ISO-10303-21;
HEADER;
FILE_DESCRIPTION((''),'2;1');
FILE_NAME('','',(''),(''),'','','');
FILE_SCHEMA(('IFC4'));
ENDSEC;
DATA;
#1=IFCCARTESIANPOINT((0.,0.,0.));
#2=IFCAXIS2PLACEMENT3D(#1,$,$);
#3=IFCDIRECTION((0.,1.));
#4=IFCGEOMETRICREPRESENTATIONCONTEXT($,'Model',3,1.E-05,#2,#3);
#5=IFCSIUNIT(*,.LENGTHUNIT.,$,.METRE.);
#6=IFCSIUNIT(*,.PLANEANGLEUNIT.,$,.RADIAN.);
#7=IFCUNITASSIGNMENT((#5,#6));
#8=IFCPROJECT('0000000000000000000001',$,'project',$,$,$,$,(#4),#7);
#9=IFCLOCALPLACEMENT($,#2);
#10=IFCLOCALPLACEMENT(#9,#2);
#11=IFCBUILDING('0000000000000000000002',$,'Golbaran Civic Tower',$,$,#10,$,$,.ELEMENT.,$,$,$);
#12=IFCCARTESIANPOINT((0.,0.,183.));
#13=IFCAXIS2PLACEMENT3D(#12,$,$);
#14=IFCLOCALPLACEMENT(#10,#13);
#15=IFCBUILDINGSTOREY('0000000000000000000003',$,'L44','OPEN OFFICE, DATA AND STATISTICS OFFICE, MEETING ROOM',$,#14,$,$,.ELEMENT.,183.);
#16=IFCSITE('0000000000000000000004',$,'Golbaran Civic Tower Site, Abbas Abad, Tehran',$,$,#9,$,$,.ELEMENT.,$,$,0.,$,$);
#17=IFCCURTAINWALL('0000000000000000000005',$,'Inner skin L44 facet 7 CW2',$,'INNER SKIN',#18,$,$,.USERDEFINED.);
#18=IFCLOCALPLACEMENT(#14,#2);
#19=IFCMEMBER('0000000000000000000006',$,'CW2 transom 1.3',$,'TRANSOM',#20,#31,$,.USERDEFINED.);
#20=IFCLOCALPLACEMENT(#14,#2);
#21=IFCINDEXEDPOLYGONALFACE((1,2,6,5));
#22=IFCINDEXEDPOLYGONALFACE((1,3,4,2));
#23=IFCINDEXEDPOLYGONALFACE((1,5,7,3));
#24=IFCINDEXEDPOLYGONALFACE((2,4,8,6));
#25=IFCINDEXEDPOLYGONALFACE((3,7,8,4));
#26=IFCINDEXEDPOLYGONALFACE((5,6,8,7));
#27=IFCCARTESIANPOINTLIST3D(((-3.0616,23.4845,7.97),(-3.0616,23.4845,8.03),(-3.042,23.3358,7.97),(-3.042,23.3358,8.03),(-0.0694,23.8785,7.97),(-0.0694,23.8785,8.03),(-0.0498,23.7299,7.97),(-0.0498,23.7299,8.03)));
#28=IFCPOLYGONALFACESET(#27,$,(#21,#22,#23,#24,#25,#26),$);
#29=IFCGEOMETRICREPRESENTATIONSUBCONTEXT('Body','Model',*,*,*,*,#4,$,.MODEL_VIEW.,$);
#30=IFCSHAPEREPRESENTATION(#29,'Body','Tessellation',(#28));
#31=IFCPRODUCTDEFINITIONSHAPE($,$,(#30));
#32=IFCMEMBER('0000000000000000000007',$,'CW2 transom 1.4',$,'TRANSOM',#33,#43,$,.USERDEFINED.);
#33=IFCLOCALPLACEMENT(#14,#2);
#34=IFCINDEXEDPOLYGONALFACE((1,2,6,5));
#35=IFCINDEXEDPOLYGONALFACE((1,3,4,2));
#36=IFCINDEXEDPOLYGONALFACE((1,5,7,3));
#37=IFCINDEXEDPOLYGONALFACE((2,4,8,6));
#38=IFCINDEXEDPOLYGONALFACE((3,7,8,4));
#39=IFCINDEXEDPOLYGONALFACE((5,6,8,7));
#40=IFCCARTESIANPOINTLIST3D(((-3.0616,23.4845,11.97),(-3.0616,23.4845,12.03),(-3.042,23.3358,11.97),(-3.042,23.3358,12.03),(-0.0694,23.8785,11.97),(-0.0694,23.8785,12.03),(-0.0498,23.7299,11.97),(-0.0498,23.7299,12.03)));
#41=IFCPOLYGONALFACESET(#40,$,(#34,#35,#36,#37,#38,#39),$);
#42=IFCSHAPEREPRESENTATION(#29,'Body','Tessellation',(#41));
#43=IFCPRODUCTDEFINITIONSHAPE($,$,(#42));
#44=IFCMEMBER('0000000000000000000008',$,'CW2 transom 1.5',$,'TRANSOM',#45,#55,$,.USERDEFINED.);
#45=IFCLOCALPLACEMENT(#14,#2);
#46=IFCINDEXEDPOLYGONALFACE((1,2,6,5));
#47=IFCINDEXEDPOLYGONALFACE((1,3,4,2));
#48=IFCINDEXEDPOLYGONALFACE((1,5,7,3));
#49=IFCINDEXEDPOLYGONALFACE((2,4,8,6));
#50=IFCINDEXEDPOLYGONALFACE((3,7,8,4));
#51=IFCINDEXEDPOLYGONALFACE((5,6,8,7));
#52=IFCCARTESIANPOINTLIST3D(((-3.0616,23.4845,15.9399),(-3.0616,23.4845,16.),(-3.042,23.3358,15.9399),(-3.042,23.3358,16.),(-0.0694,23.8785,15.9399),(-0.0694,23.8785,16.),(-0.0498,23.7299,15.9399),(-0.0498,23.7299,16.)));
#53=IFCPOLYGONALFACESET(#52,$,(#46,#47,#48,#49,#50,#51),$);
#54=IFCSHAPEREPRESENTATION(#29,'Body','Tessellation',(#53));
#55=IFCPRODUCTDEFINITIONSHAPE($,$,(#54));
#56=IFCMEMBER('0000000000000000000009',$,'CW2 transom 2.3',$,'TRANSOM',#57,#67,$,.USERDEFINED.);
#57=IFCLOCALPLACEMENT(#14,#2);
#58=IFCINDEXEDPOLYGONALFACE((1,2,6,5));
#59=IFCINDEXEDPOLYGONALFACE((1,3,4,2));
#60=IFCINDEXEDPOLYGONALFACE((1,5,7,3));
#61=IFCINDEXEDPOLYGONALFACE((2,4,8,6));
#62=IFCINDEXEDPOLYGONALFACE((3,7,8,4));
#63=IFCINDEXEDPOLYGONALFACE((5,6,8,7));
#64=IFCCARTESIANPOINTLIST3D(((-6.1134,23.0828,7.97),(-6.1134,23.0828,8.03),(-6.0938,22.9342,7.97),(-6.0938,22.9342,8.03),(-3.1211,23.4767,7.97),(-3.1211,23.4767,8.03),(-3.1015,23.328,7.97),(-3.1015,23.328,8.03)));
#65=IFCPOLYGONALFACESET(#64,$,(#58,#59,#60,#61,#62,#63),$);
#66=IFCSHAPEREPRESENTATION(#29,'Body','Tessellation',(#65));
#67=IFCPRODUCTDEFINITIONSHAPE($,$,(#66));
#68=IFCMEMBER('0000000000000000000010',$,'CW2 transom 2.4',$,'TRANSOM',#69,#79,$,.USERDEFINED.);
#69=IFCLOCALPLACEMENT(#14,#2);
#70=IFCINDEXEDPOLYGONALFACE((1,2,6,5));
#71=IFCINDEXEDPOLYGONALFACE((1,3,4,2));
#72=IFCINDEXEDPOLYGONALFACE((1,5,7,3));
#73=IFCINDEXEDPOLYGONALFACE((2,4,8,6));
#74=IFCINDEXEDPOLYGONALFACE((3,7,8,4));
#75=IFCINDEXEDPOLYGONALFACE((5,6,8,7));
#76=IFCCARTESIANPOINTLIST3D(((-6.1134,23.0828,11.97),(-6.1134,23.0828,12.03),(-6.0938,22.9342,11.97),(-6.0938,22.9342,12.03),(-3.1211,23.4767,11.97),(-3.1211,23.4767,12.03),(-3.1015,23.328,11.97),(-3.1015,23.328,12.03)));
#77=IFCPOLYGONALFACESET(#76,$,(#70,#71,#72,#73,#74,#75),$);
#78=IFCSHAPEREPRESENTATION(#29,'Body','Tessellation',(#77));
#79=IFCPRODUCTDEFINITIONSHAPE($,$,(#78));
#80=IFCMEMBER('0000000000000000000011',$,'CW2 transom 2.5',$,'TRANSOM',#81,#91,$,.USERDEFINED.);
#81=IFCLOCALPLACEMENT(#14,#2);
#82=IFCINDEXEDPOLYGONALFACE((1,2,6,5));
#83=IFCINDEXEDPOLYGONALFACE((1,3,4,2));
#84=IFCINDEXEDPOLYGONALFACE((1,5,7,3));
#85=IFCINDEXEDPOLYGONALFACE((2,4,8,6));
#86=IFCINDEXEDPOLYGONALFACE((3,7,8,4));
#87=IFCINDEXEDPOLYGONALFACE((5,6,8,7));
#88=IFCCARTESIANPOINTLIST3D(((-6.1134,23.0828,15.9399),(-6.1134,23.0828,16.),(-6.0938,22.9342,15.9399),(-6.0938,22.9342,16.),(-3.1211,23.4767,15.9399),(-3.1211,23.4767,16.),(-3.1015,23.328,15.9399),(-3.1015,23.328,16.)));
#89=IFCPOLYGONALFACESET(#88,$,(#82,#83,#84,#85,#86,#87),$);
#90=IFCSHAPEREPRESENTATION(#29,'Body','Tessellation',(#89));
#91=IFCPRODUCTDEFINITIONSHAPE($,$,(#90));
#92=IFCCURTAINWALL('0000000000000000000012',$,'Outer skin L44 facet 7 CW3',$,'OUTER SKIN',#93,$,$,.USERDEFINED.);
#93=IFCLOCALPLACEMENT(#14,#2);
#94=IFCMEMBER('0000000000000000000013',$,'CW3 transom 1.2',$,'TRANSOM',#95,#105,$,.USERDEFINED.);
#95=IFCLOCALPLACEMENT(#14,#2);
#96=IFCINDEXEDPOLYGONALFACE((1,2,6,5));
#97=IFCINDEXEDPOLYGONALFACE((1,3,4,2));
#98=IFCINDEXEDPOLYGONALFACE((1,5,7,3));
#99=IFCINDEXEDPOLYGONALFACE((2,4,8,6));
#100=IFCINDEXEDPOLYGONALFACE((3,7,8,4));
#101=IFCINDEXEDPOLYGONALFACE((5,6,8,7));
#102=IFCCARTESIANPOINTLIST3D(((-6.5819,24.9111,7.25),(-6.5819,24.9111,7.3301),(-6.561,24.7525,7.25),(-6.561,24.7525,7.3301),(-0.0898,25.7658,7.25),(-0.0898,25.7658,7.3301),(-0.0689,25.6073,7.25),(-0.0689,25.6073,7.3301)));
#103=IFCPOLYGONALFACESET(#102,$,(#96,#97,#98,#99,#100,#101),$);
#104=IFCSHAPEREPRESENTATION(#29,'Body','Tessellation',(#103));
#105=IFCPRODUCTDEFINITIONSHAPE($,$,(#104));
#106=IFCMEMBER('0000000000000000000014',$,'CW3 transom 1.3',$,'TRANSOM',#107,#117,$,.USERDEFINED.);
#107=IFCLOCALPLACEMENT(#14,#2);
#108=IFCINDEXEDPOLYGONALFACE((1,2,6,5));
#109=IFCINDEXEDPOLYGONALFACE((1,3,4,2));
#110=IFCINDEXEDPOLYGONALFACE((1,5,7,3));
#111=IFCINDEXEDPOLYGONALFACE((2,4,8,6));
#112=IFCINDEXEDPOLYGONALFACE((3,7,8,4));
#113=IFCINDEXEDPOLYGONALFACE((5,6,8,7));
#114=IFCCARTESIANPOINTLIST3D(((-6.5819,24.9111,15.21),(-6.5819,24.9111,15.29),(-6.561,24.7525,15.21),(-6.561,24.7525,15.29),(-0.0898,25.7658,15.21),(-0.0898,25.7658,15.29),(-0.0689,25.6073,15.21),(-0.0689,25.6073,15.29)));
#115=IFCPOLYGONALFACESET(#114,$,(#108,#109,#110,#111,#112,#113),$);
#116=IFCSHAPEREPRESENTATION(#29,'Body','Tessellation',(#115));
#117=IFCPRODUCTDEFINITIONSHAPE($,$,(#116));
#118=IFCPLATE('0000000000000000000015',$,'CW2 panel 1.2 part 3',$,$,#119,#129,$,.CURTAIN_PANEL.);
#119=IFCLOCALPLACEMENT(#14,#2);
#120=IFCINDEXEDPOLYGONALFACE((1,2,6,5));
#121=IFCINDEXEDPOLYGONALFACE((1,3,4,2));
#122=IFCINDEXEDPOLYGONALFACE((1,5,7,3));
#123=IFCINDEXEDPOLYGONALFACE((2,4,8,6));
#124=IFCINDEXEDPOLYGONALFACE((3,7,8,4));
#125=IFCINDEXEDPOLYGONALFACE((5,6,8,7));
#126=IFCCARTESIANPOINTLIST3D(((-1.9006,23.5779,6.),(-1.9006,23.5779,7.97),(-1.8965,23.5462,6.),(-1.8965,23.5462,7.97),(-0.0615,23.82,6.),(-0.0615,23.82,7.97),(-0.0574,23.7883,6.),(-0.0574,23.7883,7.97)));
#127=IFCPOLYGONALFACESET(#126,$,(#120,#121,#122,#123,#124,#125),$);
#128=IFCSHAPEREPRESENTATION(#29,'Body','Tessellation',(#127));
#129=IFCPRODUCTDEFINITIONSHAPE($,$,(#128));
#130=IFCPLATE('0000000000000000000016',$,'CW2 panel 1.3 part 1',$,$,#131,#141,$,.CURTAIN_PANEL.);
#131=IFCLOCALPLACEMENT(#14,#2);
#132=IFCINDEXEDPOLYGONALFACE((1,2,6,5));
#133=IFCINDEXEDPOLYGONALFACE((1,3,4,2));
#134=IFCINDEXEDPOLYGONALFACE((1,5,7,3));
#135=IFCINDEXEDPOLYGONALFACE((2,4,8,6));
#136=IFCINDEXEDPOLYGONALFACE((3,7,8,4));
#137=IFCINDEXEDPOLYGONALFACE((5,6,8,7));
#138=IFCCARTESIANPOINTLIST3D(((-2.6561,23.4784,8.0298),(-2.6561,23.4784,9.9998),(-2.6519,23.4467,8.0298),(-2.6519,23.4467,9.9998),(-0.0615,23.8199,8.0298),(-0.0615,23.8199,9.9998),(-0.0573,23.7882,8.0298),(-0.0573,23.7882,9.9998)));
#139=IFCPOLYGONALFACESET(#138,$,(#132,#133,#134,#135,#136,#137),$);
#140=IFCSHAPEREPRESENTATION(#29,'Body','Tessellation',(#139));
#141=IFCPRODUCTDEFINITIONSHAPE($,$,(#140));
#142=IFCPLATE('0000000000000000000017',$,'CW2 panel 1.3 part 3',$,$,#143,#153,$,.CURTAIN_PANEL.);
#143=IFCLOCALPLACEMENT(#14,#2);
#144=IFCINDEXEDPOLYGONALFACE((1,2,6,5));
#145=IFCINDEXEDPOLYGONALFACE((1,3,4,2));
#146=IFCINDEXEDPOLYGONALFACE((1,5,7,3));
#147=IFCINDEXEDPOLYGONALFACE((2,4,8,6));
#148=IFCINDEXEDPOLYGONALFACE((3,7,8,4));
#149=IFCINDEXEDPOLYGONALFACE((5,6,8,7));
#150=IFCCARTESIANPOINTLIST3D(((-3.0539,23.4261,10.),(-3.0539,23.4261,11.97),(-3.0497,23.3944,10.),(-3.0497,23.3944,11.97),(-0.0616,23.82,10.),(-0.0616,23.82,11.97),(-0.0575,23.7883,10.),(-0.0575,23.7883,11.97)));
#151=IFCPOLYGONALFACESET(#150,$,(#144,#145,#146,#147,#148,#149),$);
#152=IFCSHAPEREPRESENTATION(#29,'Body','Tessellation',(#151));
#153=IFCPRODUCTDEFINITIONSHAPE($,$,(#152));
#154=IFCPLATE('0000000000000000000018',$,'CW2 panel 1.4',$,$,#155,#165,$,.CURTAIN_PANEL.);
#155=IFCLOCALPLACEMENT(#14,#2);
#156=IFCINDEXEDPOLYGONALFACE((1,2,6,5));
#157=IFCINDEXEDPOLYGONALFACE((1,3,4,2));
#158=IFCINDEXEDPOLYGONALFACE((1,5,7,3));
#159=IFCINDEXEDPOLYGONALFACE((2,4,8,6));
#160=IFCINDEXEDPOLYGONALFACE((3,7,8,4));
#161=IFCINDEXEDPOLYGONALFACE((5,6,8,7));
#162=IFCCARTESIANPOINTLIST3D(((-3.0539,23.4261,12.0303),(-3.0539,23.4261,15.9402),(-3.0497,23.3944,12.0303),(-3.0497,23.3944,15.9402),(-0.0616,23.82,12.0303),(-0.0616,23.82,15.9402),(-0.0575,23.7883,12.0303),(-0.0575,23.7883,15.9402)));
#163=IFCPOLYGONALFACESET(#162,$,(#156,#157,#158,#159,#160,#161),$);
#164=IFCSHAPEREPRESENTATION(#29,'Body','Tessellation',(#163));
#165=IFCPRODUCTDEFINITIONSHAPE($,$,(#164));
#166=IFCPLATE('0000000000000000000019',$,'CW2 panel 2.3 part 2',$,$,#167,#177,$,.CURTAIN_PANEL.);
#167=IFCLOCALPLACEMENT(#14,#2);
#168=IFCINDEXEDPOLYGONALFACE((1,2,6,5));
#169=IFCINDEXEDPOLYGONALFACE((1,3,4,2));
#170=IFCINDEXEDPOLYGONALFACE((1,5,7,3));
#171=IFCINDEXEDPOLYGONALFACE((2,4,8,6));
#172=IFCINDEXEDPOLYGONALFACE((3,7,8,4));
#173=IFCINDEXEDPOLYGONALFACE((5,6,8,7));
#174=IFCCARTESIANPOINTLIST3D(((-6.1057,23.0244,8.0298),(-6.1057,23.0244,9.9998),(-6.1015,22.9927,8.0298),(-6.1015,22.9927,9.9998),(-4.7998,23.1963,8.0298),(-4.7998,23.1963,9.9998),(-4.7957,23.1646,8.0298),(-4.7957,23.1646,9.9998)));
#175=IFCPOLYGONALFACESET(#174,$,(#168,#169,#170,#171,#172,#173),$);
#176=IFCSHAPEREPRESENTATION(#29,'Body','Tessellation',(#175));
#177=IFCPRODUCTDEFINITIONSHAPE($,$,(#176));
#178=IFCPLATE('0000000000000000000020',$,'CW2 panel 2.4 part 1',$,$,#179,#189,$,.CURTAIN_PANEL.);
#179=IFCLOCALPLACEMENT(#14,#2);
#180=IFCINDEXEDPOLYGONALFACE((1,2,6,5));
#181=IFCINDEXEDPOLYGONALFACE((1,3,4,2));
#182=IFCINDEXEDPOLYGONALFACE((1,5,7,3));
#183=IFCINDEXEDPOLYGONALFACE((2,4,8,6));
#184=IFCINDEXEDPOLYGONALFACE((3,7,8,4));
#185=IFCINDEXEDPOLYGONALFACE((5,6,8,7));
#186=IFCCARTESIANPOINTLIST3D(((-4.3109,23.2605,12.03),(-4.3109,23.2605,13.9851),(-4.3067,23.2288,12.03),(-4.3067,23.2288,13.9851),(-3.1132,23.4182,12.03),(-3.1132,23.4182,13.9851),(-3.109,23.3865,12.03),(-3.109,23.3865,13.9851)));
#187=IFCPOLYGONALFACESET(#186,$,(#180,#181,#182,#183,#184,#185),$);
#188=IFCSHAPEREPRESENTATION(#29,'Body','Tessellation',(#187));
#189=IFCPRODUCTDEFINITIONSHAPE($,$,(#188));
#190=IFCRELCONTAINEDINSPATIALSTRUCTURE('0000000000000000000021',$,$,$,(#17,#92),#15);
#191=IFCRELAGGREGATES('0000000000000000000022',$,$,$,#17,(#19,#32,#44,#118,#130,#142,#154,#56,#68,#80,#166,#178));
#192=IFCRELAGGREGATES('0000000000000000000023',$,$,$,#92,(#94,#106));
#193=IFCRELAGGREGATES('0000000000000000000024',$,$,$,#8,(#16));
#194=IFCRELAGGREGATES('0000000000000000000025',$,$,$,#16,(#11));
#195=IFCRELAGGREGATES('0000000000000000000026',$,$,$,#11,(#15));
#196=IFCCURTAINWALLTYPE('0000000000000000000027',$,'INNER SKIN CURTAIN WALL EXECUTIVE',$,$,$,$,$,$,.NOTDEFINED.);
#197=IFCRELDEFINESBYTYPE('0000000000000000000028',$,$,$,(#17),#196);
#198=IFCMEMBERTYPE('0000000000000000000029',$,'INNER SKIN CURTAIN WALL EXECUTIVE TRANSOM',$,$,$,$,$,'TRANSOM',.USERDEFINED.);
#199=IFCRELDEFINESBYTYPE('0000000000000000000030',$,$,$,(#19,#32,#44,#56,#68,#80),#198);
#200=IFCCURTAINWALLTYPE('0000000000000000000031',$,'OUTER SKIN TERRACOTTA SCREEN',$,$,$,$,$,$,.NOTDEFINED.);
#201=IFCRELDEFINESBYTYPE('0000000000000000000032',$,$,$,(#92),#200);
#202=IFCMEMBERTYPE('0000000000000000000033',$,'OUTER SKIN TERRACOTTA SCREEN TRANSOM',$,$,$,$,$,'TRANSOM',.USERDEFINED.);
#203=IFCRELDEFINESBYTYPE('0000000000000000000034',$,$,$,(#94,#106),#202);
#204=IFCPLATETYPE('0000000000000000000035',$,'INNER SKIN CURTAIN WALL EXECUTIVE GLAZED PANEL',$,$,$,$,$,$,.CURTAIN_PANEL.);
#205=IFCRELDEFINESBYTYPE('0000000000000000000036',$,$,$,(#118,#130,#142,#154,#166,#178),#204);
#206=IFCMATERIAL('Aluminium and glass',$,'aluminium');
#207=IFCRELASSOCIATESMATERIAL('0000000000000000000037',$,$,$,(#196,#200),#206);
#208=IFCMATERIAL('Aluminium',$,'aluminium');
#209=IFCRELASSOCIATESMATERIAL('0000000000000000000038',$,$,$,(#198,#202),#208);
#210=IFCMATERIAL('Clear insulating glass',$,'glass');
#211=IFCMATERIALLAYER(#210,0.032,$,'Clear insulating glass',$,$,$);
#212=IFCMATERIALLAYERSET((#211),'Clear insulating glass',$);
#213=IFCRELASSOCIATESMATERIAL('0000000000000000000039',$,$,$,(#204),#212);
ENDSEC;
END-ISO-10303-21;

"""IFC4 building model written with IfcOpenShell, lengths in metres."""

from ifc_helpers import new_model, si_unit, direction, frame, origin, origin_2d, place, context, subcontext, project, spatial, rectangle, extrude, material, layer, layer_set, material_profile, profile_set, type_object, element, aggregate, save


model = new_model("IFC4")

# Units and contexts
model_context = context("Model", 3, precision=1e-05, world=origin(), true_north=direction((0.0, 1.0)))
body_context = subcontext(model_context, "Body", "Model", "MODEL_VIEW")
ifc_project = project(units=[si_unit("LENGTHUNIT", "METRE"), si_unit("PLANEANGLEUNIT", "RADIAN")], contexts=[model_context])

# Site, building, storey
site_placement = place(None, origin())
site = spatial("IfcSite", under=ifc_project, at=site_placement, Name="Golbaran Civic Tower Site, Abbas Abad, Tehran", CompositionType="ELEMENT", RefElevation=0.0)
building_placement = place(site_placement, origin())
building = spatial("IfcBuilding", under=site, at=building_placement, Name="Golbaran Civic Tower", CompositionType="ELEMENT")
storey_placement = place(building_placement, frame((0.0, 0.0, 183.0)))
storey = spatial("IfcBuildingStorey", under=building, at=storey_placement, Name="L44", Description="OPEN OFFICE, DATA AND STATISTICS OFFICE, MEETING ROOM", CompositionType="ELEMENT", Elevation=183.0)

# Curtain walls, members
ifc_material_1 = material(Name="Aluminium and glass", Category="aluminium")
curtain_wall_type_1 = type_object("IfcCurtainWallType", Name="INNER SKIN CURTAIN WALL EXECUTIVE", PredefinedType="NOTDEFINED", material=ifc_material_1)
curtain_wall_1_placement = place(storey_placement, origin())
curtain_wall_1 = element("IfcCurtainWall", 1, at=curtain_wall_1_placement, inside=storey, type_object=curtain_wall_type_1, Name="Inner skin L44 facet 7 CW2", ObjectType="INNER SKIN", PredefinedType="USERDEFINED")
ifc_material_2 = material(Name="Aluminium", Category="aluminium")
ifc_material_profile_1 = material_profile(ifc_material_2, rectangle(XDim=0.1499, YDim=0.0601, at=origin_2d()), Name="INNER SKIN CURTAIN WALL EXECUTIVE TRANSOM")
ifc_profile_set_1 = profile_set([ifc_material_profile_1], Name="Aluminium")
member_type_1 = type_object("IfcMemberType", Name="INNER SKIN CURTAIN WALL EXECUTIVE TRANSOM", ElementType="TRANSOM", PredefinedType="USERDEFINED", material=ifc_profile_set_1)
member_1_placement = place(storey_placement, frame((-0.0596, 23.8042, 8.0), z_axis=(-0.99144, -0.130563, 0.0), x_axis=(0.130563, -0.99144, 0.0)))
member_1 = element("IfcMember", 2, at=member_1_placement, type_object=member_type_1, Name="CW2 transom 1.3", ObjectType="TRANSOM", PredefinedType="USERDEFINED", context=body_context, shape_type="SweptSolid", body=[
    extrude(rectangle(XDim=0.1499, YDim=0.0601, at=origin_2d()), origin(), (0.0, 0.0, 1.0), 3.0181),
])
member_2_placement = place(storey_placement, frame((-0.0596, 23.8042, 12.0), z_axis=(-0.99144, -0.130563, 0.0), x_axis=(0.130563, -0.99144, 0.0)))
member_2 = element("IfcMember", 3, at=member_2_placement, type_object=member_type_1, Name="CW2 transom 1.4", ObjectType="TRANSOM", PredefinedType="USERDEFINED", context=body_context, shape_type="SweptSolid", body=[
    extrude(rectangle(XDim=0.1499, YDim=0.0601, at=origin_2d()), origin(), (0.0, 0.0, 1.0), 3.0181),
])
member_3_placement = place(storey_placement, frame((-0.0596, 23.8042, 15.97), z_axis=(-0.99144, -0.130563, 0.0), x_axis=(0.130563, -0.99144, 0.0)))
member_3 = element("IfcMember", 4, at=member_3_placement, type_object=member_type_1, Name="CW2 transom 1.5", ObjectType="TRANSOM", PredefinedType="USERDEFINED", context=body_context, shape_type="SweptSolid", body=[
    extrude(rectangle(XDim=0.1499, YDim=0.0601, at=origin_2d()), origin(), (0.0, 0.0, 1.0), 3.0181),
])
member_4_placement = place(storey_placement, frame((-3.1113, 23.4023, 8.0), z_axis=(-0.99145, -0.130484, 0.0), x_axis=(0.130484, -0.99145, 0.0)))
member_4 = element("IfcMember", 5, at=member_4_placement, type_object=member_type_1, Name="CW2 transom 2.3", ObjectType="TRANSOM", PredefinedType="USERDEFINED", context=body_context, shape_type="SweptSolid", body=[
    extrude(rectangle(XDim=0.1499, YDim=0.0601, at=origin_2d()), origin(), (0.0, 0.0, 1.0), 3.0181),
])
member_5_placement = place(storey_placement, frame((-3.1113, 23.4023, 12.0), z_axis=(-0.99145, -0.130484, 0.0), x_axis=(0.130484, -0.99145, 0.0)))
member_5 = element("IfcMember", 6, at=member_5_placement, type_object=member_type_1, Name="CW2 transom 2.4", ObjectType="TRANSOM", PredefinedType="USERDEFINED", context=body_context, shape_type="SweptSolid", body=[
    extrude(rectangle(XDim=0.1499, YDim=0.0601, at=origin_2d()), origin(), (0.0, 0.0, 1.0), 3.0181),
])
member_6_placement = place(storey_placement, frame((-3.1113, 23.4023, 15.97), z_axis=(-0.99145, -0.130484, 0.0), x_axis=(0.130484, -0.99145, 0.0)))
member_6 = element("IfcMember", 7, at=member_6_placement, type_object=member_type_1, Name="CW2 transom 2.5", ObjectType="TRANSOM", PredefinedType="USERDEFINED", context=body_context, shape_type="SweptSolid", body=[
    extrude(rectangle(XDim=0.1499, YDim=0.0601, at=origin_2d()), origin(), (0.0, 0.0, 1.0), 3.0181),
])
curtain_wall_type_2 = type_object("IfcCurtainWallType", Name="OUTER SKIN TERRACOTTA SCREEN", PredefinedType="NOTDEFINED", material=ifc_material_1)
curtain_wall_2_placement = place(storey_placement, origin())
curtain_wall_2 = element("IfcCurtainWall", 8, at=curtain_wall_2_placement, inside=storey, type_object=curtain_wall_type_2, Name="Outer skin L44 facet 7 CW3", ObjectType="OUTER SKIN", PredefinedType="USERDEFINED")
ifc_material_profile_2 = material_profile(ifc_material_2, rectangle(XDim=0.1599, YDim=0.0801, at=origin_2d()), Name="OUTER SKIN TERRACOTTA SCREEN TRANSOM")
ifc_profile_set_2 = profile_set([ifc_material_profile_2], Name="Aluminium")
member_type_2 = type_object("IfcMemberType", Name="OUTER SKIN TERRACOTTA SCREEN TRANSOM", ElementType="TRANSOM", PredefinedType="USERDEFINED", material=ifc_profile_set_2)
member_7_placement = place(storey_placement, frame((-0.0793, 25.6865, 7.29), z_axis=(-0.991444, -0.13053, 0.0), x_axis=(0.13053, -0.991444, 0.0)))
member_7 = element("IfcMember", 9, at=member_7_placement, type_object=member_type_2, Name="CW3 transom 1.2", ObjectType="TRANSOM", PredefinedType="USERDEFINED", context=body_context, shape_type="SweptSolid", body=[
    extrude(rectangle(XDim=0.1599, YDim=0.0801, at=origin_2d()), origin(), (0.0, 0.0, 1.0), 6.5481),
])
member_8_placement = place(storey_placement, frame((-0.0793, 25.6865, 15.25), z_axis=(-0.991444, -0.13053, 0.0), x_axis=(0.13053, -0.991444, 0.0)))
member_8 = element("IfcMember", 10, at=member_8_placement, type_object=member_type_2, Name="CW3 transom 1.3", ObjectType="TRANSOM", PredefinedType="USERDEFINED", context=body_context, shape_type="SweptSolid", body=[
    extrude(rectangle(XDim=0.1599, YDim=0.0801, at=origin_2d()), origin(), (0.0, 0.0, 1.0), 6.5481),
])

# Plates
ifc_material_3 = material(Name="Clear insulating glass", Category="glass")
ifc_layer_1 = layer(ifc_material_3, 0.032, Name="Clear insulating glass")
ifc_layer_set_1 = layer_set([ifc_layer_1], Name="Clear insulating glass")
plate_type_1 = type_object("IfcPlateType", Name="INNER SKIN CURTAIN WALL EXECUTIVE GLAZED PANEL", PredefinedType="CURTAIN_PANEL", material=ifc_layer_set_1)
plate_1_placement = place(storey_placement, frame((-0.979, 23.6831, 6.0), z_axis=(0.0, 0.0, 1.0), x_axis=(-0.991445, -0.130526, 0.0)))
plate_1 = element("IfcPlate", 11, at=plate_1_placement, type_object=plate_type_1, Name="CW2 panel 1.2 part 3", PredefinedType="CURTAIN_PANEL", context=body_context, shape_type="SweptSolid", body=[
    extrude(rectangle(XDim=1.855, YDim=0.032, at=origin_2d()), origin(), (0.0, 0.0, 1.0), 1.97),
])
plate_2_placement = place(storey_placement, frame((-1.3567, 23.6333, 8.0298), z_axis=(0.0, 0.0, 1.0), x_axis=(-0.991445, -0.130526, 0.0)))
plate_2 = element("IfcPlate", 12, at=plate_2_placement, type_object=plate_type_1, Name="CW2 panel 1.3 part 1", PredefinedType="CURTAIN_PANEL", context=body_context, shape_type="SweptSolid", body=[
    extrude(rectangle(XDim=2.6169, YDim=0.032, at=origin_2d()), origin(), (0.0, 0.0, 1.0), 1.97),
])
plate_3_placement = place(storey_placement, frame((-1.5557, 23.6072, 10.0), z_axis=(0.0, 0.0, 1.0), x_axis=(-0.991445, -0.130526, 0.0)))
plate_3 = element("IfcPlate", 13, at=plate_3_placement, type_object=plate_type_1, Name="CW2 panel 1.3 part 3", PredefinedType="CURTAIN_PANEL", context=body_context, shape_type="SweptSolid", body=[
    extrude(rectangle(XDim=3.0181, YDim=0.032, at=origin_2d()), origin(), (0.0, 0.0, 1.0), 1.97),
])
plate_4_placement = place(storey_placement, frame((-1.5557, 23.6072, 12.0303), z_axis=(0.0, 0.0, 1.0), x_axis=(-0.991445, -0.130526, 0.0)))
plate_4 = element("IfcPlate", 14, at=plate_4_placement, type_object=plate_type_1, Name="CW2 panel 1.4", PredefinedType="CURTAIN_PANEL", context=body_context, shape_type="SweptSolid", body=[
    extrude(rectangle(XDim=3.0181, YDim=0.032, at=origin_2d()), origin(), (0.0, 0.0, 1.0), 3.9099),
])
plate_5_placement = place(storey_placement, frame((-5.4507, 23.0945, 8.0298), z_axis=(0.0, 0.0, 1.0), x_axis=(-0.991445, -0.130526, 0.0)))
plate_5 = element("IfcPlate", 15, at=plate_5_placement, type_object=plate_type_1, Name="CW2 panel 2.3 part 2", PredefinedType="CURTAIN_PANEL", context=body_context, shape_type="SweptSolid", body=[
    extrude(rectangle(XDim=1.3171, YDim=0.032, at=origin_2d()), origin(), (0.0, 0.0, 1.0), 1.97),
])
plate_6_placement = place(storey_placement, frame((-3.71, 23.3235, 12.03), z_axis=(0.0, 0.0, 1.0), x_axis=(-0.991445, -0.130526, 0.0)))
plate_6 = element("IfcPlate", 16, at=plate_6_placement, type_object=plate_type_1, Name="CW2 panel 2.4 part 1", PredefinedType="CURTAIN_PANEL", context=body_context, shape_type="SweptSolid", body=[
    extrude(rectangle(XDim=1.208, YDim=0.032, at=origin_2d()), origin(), (0.0, 0.0, 1.0), 1.9551),
])
aggregate(curtain_wall_1, [member_1, member_2, member_3, plate_1, plate_2, plate_3, plate_4, member_4, member_5, member_6, plate_5, plate_6])
aggregate(curtain_wall_2, [member_7, member_8])

save(model, "model.ifc")
